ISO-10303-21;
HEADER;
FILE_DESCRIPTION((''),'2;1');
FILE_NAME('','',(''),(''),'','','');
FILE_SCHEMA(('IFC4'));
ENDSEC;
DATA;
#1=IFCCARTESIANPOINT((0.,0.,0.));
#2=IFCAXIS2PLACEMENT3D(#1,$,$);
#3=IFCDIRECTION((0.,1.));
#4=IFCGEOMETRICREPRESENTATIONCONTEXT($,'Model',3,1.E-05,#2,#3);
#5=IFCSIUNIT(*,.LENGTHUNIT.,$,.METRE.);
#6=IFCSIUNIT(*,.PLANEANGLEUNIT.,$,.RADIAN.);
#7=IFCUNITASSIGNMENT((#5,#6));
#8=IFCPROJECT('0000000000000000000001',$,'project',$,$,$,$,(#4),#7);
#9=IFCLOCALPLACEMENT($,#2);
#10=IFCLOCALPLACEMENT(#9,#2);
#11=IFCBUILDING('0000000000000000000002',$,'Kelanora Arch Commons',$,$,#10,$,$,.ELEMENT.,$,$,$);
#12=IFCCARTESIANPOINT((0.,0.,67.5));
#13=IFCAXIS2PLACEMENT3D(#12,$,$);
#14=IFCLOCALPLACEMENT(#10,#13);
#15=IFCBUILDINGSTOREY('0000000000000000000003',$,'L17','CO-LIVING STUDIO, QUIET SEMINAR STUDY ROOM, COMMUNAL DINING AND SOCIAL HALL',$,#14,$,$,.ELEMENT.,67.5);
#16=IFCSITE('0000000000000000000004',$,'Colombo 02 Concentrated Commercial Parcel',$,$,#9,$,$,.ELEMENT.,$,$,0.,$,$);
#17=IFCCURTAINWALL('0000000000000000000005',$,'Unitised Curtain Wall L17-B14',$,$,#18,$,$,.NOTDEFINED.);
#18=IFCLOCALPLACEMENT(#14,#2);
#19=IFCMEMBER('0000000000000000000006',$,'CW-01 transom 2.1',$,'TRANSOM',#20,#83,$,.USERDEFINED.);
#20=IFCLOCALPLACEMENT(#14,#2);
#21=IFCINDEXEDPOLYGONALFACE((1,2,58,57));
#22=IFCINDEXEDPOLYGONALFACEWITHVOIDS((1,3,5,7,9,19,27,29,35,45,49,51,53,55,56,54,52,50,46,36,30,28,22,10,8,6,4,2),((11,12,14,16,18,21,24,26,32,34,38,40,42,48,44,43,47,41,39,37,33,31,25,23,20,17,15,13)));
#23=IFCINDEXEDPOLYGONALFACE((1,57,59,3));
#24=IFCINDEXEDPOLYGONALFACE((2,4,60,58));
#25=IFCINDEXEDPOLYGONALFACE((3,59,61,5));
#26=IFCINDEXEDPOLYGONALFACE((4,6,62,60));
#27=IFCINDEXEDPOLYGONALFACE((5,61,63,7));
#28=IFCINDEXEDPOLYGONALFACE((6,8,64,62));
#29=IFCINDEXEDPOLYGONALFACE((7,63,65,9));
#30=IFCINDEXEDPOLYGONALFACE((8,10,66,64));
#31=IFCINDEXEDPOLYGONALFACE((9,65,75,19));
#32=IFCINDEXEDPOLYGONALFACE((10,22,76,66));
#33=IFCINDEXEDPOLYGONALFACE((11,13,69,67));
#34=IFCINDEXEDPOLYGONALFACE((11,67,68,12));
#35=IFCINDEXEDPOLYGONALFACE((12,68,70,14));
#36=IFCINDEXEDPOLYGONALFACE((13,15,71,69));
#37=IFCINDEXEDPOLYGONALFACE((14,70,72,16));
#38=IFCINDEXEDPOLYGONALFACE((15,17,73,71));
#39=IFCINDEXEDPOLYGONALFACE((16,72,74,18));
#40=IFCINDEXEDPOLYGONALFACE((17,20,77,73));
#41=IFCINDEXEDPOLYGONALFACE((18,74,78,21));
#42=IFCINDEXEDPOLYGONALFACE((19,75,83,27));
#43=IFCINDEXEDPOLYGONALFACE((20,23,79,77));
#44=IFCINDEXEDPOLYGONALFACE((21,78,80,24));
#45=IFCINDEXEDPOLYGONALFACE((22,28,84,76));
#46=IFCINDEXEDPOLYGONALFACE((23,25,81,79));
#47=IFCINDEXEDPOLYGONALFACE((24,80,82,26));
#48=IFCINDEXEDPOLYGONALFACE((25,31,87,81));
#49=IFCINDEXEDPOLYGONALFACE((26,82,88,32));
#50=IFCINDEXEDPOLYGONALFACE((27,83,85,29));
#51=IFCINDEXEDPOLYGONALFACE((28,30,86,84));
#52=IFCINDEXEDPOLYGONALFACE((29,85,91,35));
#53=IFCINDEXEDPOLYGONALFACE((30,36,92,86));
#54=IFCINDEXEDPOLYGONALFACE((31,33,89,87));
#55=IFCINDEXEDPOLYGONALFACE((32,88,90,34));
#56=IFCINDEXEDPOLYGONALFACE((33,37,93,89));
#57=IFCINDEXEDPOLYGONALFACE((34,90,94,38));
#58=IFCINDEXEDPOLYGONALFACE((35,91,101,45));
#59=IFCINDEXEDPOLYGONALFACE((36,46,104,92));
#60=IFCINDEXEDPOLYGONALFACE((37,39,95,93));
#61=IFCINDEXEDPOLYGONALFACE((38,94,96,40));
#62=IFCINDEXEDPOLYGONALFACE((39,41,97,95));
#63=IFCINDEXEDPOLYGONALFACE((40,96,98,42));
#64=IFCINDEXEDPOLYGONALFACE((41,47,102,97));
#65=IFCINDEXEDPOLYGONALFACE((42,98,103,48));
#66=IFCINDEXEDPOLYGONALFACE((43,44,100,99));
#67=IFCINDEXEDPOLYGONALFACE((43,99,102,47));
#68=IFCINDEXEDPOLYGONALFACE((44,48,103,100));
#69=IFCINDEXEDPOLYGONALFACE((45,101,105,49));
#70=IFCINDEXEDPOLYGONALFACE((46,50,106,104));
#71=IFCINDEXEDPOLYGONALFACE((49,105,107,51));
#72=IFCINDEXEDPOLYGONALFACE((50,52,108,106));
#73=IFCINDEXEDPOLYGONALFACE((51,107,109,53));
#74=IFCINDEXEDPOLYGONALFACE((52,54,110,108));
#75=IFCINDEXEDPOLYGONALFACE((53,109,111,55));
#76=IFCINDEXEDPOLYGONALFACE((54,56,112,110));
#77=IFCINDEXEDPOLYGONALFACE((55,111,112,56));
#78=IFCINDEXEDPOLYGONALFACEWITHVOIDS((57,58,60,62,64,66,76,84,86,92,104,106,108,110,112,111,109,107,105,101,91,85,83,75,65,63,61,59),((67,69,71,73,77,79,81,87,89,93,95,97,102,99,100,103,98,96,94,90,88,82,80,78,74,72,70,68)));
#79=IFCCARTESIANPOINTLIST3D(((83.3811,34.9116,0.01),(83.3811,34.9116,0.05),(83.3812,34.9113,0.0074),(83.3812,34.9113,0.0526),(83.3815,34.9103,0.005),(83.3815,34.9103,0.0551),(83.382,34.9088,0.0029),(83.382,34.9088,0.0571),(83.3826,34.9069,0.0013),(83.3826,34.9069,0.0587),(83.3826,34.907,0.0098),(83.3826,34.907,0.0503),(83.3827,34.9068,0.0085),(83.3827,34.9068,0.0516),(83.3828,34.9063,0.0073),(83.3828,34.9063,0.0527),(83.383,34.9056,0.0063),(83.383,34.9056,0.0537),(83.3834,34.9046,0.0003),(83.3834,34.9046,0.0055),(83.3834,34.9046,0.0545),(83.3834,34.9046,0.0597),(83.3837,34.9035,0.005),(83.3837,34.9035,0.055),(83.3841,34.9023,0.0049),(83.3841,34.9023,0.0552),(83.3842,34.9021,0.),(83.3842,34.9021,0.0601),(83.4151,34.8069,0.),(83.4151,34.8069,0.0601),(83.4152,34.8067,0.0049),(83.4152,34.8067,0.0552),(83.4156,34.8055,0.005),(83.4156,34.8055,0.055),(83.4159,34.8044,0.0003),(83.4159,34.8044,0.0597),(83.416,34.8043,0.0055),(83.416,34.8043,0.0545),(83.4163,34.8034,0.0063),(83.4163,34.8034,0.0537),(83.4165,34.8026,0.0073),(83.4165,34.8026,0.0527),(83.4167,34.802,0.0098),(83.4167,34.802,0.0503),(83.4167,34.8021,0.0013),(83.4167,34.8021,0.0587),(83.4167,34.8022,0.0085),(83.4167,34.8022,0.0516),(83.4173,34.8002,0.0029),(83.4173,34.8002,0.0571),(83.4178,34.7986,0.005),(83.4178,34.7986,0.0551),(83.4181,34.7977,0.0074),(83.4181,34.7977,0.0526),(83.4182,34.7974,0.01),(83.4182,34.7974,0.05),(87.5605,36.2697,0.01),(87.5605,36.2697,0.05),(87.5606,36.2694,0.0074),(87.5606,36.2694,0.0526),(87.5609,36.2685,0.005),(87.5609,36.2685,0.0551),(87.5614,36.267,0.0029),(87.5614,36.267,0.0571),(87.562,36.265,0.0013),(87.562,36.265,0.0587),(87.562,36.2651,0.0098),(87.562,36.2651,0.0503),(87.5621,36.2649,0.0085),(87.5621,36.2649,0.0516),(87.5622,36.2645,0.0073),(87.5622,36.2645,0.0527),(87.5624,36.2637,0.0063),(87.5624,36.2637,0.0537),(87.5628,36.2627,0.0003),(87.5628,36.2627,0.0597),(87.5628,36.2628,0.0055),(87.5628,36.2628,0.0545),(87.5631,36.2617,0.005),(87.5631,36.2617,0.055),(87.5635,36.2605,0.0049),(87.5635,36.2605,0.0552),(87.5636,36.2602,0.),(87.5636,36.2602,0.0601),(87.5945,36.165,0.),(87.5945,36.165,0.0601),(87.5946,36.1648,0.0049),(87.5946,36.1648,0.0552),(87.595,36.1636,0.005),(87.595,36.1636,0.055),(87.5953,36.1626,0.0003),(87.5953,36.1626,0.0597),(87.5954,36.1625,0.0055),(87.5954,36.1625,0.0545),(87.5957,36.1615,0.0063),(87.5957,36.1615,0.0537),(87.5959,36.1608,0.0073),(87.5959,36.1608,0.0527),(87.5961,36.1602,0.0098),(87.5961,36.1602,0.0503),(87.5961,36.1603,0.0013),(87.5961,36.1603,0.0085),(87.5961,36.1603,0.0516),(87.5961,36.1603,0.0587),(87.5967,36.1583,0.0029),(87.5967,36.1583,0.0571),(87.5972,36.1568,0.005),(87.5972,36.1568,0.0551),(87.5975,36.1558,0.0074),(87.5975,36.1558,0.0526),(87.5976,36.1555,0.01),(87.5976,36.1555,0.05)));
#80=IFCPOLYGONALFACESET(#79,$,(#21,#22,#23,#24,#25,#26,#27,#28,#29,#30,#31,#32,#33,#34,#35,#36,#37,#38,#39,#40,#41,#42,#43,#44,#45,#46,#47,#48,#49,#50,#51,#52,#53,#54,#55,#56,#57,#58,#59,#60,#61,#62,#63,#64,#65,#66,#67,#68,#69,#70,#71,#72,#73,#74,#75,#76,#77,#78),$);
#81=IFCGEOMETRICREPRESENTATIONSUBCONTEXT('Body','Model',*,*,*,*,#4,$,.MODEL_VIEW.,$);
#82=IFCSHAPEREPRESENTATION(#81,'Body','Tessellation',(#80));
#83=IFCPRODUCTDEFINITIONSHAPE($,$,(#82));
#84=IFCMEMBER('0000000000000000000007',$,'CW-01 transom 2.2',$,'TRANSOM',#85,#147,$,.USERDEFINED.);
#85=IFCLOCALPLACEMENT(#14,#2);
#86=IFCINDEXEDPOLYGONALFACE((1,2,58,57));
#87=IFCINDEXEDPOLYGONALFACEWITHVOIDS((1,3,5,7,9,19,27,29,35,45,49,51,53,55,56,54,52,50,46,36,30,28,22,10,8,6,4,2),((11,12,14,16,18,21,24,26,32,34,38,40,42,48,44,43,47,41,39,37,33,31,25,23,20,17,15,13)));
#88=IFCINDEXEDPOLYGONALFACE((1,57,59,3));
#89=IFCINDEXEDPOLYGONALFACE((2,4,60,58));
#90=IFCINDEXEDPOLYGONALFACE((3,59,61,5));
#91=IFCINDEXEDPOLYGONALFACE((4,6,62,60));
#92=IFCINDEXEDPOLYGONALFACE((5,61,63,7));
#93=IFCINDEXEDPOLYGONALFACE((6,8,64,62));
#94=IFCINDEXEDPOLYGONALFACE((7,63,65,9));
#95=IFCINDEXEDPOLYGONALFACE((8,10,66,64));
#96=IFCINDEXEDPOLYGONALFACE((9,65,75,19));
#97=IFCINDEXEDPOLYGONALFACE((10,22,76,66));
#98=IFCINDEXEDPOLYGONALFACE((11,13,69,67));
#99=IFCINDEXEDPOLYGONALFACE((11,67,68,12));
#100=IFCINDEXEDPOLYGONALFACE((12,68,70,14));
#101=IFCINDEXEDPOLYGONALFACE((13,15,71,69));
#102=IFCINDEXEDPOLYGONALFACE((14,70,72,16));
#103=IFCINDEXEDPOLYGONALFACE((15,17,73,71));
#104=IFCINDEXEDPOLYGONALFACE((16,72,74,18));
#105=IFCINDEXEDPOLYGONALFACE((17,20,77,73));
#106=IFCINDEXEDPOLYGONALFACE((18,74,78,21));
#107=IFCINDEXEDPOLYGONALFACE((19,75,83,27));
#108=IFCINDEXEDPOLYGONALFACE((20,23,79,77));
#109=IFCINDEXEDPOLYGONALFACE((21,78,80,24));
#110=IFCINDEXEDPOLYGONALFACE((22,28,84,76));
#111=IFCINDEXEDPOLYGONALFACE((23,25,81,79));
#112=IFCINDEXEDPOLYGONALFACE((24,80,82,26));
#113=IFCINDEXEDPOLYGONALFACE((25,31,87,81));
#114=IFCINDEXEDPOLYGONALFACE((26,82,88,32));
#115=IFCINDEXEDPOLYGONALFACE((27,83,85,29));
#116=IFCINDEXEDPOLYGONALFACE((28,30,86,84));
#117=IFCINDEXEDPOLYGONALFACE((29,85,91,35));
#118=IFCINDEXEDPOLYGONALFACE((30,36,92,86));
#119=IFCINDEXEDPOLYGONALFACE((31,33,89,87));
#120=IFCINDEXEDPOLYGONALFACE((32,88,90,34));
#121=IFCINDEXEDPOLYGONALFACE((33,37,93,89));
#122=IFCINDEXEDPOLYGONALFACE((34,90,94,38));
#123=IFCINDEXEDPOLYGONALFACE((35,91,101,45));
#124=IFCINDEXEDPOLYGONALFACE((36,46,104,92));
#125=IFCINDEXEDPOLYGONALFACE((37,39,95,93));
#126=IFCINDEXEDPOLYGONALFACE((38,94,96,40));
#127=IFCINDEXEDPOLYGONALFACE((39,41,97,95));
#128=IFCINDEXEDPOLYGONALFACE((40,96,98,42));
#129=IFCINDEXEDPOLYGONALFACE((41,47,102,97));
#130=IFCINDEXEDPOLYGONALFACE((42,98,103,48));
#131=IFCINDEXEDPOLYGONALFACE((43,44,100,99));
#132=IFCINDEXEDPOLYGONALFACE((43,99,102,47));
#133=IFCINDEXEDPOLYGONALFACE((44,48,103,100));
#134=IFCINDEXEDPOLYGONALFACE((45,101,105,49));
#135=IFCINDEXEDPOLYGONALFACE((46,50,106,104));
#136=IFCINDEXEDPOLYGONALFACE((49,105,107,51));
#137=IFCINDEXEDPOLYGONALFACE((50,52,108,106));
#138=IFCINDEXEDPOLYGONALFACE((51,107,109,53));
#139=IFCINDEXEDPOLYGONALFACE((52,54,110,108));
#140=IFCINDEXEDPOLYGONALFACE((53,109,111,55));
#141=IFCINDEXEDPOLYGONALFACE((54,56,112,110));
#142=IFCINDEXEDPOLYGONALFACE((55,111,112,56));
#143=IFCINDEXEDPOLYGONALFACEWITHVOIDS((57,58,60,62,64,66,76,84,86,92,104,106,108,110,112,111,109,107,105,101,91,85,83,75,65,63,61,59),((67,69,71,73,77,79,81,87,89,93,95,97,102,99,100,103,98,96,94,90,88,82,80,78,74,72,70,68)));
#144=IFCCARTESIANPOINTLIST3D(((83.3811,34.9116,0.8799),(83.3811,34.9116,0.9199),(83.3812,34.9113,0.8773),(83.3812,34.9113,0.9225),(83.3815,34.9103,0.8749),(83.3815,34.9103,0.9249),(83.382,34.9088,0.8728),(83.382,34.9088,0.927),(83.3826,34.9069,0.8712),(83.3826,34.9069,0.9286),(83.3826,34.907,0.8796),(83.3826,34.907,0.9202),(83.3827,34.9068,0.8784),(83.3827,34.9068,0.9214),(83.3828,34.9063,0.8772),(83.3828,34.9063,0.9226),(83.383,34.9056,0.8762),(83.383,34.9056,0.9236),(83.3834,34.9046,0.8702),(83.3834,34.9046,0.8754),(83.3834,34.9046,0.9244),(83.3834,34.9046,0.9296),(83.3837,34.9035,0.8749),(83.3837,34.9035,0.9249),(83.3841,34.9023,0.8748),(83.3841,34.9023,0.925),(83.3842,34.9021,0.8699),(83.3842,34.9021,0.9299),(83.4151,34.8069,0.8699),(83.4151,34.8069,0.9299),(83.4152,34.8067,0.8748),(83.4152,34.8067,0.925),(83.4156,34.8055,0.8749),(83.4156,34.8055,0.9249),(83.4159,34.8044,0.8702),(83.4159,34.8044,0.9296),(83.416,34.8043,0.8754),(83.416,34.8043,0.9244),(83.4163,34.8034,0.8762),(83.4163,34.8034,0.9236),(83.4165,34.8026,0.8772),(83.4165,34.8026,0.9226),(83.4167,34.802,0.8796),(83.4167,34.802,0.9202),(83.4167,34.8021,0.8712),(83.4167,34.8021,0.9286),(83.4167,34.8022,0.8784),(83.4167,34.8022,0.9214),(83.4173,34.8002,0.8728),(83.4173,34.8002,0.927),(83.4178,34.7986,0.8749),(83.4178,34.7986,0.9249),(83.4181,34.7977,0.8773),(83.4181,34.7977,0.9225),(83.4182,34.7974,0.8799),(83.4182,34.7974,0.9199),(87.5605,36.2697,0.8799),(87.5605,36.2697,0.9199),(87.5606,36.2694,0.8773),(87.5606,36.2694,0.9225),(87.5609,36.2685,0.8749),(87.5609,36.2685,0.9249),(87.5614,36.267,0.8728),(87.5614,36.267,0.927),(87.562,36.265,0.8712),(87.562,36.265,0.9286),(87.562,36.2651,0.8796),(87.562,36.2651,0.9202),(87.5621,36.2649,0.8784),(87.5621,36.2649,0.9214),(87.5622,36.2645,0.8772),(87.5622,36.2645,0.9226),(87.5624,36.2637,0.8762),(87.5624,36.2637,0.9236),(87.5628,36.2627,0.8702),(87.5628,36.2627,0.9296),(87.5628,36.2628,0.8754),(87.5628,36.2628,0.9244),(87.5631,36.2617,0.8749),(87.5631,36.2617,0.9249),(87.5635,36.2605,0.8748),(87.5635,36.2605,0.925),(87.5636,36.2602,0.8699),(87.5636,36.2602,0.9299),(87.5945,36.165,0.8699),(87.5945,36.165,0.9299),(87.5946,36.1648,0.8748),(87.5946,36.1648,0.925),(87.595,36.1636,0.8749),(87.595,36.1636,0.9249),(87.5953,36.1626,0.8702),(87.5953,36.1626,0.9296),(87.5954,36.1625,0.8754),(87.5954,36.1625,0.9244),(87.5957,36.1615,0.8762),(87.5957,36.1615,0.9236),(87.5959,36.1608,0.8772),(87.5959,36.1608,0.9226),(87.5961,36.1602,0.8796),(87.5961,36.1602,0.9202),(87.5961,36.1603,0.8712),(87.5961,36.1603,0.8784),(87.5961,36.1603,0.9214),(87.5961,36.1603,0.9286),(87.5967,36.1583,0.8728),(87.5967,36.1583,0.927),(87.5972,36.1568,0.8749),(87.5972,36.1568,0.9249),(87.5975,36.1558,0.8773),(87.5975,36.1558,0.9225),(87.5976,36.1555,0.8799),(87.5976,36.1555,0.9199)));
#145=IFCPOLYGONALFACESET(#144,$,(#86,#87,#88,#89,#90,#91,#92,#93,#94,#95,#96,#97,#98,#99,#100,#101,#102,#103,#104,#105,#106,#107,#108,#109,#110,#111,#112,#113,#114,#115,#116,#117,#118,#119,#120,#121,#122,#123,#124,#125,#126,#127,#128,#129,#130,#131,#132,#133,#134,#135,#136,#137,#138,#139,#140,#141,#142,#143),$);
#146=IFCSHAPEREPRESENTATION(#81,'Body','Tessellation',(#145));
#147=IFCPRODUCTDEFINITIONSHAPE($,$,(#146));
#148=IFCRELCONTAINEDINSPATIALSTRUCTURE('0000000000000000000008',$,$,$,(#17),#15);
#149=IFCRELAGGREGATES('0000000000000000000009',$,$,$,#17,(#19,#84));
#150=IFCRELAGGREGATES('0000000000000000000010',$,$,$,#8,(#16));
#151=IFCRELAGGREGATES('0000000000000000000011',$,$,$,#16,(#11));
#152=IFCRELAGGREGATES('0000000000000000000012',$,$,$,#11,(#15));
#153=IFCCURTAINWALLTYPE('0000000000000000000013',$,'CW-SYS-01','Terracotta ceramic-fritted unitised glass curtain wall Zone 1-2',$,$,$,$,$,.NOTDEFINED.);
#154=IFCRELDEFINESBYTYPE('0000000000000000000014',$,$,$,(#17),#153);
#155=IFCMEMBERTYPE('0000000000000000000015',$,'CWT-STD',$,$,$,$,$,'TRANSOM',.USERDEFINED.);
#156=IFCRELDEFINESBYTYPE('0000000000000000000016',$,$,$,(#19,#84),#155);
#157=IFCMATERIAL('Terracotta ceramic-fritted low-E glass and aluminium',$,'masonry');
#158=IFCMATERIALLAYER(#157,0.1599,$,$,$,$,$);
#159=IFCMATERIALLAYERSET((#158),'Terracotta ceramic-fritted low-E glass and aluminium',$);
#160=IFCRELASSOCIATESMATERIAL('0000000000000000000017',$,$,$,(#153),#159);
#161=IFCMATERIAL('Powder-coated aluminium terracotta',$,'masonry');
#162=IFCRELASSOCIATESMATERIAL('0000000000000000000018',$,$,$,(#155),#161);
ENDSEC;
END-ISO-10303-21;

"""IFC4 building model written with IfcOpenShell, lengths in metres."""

from ifc_helpers import new_model, si_unit, direction, frame, origin, origin_2d, place, context, subcontext, project, spatial, hollow_rectangle, extrude, material, layer, layer_set, material_profile, profile_set, type_object, element, aggregate, save


model = new_model("IFC4")

# Units and contexts
model_context = context("Model", 3, precision=1e-05, world=origin(), true_north=direction((0.0, 1.0)))
body_context = subcontext(model_context, "Body", "Model", "MODEL_VIEW")
ifc_project = project(units=[si_unit("LENGTHUNIT", "METRE"), si_unit("PLANEANGLEUNIT", "RADIAN")], contexts=[model_context])

# Site, building, storey
site_placement = place(None, origin())
site = spatial("IfcSite", under=ifc_project, at=site_placement, Name="Colombo 02 Concentrated Commercial Parcel", CompositionType="ELEMENT", RefElevation=0.0)
building_placement = place(site_placement, origin())
building = spatial("IfcBuilding", under=site, at=building_placement, Name="Kelanora Arch Commons", CompositionType="ELEMENT")
storey_placement = place(building_placement, frame((0.0, 0.0, 67.5)))
storey = spatial("IfcBuildingStorey", under=building, at=storey_placement, Name="L17", Description="CO-LIVING STUDIO, QUIET SEMINAR STUDY ROOM, COMMUNAL DINING AND SOCIAL HALL", CompositionType="ELEMENT", Elevation=67.5)

# Curtain wall, members
ifc_material_1 = material(Name="Terracotta ceramic-fritted low-E glass and aluminium", Category="masonry")
ifc_layer_1 = layer(ifc_material_1, 0.1599)
ifc_layer_set_1 = layer_set([ifc_layer_1], Name="Terracotta ceramic-fritted low-E glass and aluminium")
curtain_wall_type = type_object("IfcCurtainWallType", Name="CW-SYS-01", Description="Terracotta ceramic-fritted unitised glass curtain wall Zone 1-2", PredefinedType="NOTDEFINED", material=ifc_layer_set_1)
curtain_wall_placement = place(storey_placement, origin())
curtain_wall = element("IfcCurtainWall", 1, at=curtain_wall_placement, inside=storey, type_object=curtain_wall_type, Name="Unitised Curtain Wall L17-B14", PredefinedType="NOTDEFINED")
ifc_material_2 = material(Name="Powder-coated aluminium terracotta", Category="masonry")
ifc_material_profile_1 = material_profile(ifc_material_2, hollow_rectangle(XDim=0.1201, YDim=0.0601, WallThickness=0.0049, InnerFilletRadius=0.0049, OuterFilletRadius=0.01, at=origin_2d()), Name="CWT120x60")
ifc_profile_set_1 = profile_set([ifc_material_profile_1], Name="Powder-coated aluminium terracotta")
member_type_1 = type_object("IfcMemberType", Name="CWT-STD", ElementType="TRANSOM", PredefinedType="USERDEFINED", material=ifc_profile_set_1)
member_1_placement = place(storey_placement, frame((83.3997, 34.8545, 0.03), z_axis=(0.951045, 0.309052, 0.0), x_axis=(-0.309052, 0.951045, 0.0)))
member_1 = element("IfcMember", 2, at=member_1_placement, type_object=member_type_1, Name="CW-01 transom 2.1", ObjectType="TRANSOM", PredefinedType="USERDEFINED", context=body_context, shape_type="SweptSolid", body=[
    extrude(hollow_rectangle(XDim=0.1201, YDim=0.0601, WallThickness=0.0049, InnerFilletRadius=0.0049, OuterFilletRadius=0.01, at=origin_2d()), origin(), (0.0, 0.0, 1.0), 4.3945),
])
member_2_placement = place(storey_placement, frame((83.3997, 34.8545, 0.8999), z_axis=(0.951045, 0.309052, 0.0), x_axis=(-0.309052, 0.951045, 0.0)))
member_2 = element("IfcMember", 3, at=member_2_placement, type_object=member_type_1, Name="CW-01 transom 2.2", ObjectType="TRANSOM", PredefinedType="USERDEFINED", context=body_context, shape_type="SweptSolid", body=[
    extrude(hollow_rectangle(XDim=0.1201, YDim=0.0601, WallThickness=0.0049, InnerFilletRadius=0.0049, OuterFilletRadius=0.01, at=origin_2d()), origin(), (0.0, 0.0, 1.0), 4.3945),
])
aggregate(curtain_wall, [member_1, member_2])

save(model, "model.ifc")
